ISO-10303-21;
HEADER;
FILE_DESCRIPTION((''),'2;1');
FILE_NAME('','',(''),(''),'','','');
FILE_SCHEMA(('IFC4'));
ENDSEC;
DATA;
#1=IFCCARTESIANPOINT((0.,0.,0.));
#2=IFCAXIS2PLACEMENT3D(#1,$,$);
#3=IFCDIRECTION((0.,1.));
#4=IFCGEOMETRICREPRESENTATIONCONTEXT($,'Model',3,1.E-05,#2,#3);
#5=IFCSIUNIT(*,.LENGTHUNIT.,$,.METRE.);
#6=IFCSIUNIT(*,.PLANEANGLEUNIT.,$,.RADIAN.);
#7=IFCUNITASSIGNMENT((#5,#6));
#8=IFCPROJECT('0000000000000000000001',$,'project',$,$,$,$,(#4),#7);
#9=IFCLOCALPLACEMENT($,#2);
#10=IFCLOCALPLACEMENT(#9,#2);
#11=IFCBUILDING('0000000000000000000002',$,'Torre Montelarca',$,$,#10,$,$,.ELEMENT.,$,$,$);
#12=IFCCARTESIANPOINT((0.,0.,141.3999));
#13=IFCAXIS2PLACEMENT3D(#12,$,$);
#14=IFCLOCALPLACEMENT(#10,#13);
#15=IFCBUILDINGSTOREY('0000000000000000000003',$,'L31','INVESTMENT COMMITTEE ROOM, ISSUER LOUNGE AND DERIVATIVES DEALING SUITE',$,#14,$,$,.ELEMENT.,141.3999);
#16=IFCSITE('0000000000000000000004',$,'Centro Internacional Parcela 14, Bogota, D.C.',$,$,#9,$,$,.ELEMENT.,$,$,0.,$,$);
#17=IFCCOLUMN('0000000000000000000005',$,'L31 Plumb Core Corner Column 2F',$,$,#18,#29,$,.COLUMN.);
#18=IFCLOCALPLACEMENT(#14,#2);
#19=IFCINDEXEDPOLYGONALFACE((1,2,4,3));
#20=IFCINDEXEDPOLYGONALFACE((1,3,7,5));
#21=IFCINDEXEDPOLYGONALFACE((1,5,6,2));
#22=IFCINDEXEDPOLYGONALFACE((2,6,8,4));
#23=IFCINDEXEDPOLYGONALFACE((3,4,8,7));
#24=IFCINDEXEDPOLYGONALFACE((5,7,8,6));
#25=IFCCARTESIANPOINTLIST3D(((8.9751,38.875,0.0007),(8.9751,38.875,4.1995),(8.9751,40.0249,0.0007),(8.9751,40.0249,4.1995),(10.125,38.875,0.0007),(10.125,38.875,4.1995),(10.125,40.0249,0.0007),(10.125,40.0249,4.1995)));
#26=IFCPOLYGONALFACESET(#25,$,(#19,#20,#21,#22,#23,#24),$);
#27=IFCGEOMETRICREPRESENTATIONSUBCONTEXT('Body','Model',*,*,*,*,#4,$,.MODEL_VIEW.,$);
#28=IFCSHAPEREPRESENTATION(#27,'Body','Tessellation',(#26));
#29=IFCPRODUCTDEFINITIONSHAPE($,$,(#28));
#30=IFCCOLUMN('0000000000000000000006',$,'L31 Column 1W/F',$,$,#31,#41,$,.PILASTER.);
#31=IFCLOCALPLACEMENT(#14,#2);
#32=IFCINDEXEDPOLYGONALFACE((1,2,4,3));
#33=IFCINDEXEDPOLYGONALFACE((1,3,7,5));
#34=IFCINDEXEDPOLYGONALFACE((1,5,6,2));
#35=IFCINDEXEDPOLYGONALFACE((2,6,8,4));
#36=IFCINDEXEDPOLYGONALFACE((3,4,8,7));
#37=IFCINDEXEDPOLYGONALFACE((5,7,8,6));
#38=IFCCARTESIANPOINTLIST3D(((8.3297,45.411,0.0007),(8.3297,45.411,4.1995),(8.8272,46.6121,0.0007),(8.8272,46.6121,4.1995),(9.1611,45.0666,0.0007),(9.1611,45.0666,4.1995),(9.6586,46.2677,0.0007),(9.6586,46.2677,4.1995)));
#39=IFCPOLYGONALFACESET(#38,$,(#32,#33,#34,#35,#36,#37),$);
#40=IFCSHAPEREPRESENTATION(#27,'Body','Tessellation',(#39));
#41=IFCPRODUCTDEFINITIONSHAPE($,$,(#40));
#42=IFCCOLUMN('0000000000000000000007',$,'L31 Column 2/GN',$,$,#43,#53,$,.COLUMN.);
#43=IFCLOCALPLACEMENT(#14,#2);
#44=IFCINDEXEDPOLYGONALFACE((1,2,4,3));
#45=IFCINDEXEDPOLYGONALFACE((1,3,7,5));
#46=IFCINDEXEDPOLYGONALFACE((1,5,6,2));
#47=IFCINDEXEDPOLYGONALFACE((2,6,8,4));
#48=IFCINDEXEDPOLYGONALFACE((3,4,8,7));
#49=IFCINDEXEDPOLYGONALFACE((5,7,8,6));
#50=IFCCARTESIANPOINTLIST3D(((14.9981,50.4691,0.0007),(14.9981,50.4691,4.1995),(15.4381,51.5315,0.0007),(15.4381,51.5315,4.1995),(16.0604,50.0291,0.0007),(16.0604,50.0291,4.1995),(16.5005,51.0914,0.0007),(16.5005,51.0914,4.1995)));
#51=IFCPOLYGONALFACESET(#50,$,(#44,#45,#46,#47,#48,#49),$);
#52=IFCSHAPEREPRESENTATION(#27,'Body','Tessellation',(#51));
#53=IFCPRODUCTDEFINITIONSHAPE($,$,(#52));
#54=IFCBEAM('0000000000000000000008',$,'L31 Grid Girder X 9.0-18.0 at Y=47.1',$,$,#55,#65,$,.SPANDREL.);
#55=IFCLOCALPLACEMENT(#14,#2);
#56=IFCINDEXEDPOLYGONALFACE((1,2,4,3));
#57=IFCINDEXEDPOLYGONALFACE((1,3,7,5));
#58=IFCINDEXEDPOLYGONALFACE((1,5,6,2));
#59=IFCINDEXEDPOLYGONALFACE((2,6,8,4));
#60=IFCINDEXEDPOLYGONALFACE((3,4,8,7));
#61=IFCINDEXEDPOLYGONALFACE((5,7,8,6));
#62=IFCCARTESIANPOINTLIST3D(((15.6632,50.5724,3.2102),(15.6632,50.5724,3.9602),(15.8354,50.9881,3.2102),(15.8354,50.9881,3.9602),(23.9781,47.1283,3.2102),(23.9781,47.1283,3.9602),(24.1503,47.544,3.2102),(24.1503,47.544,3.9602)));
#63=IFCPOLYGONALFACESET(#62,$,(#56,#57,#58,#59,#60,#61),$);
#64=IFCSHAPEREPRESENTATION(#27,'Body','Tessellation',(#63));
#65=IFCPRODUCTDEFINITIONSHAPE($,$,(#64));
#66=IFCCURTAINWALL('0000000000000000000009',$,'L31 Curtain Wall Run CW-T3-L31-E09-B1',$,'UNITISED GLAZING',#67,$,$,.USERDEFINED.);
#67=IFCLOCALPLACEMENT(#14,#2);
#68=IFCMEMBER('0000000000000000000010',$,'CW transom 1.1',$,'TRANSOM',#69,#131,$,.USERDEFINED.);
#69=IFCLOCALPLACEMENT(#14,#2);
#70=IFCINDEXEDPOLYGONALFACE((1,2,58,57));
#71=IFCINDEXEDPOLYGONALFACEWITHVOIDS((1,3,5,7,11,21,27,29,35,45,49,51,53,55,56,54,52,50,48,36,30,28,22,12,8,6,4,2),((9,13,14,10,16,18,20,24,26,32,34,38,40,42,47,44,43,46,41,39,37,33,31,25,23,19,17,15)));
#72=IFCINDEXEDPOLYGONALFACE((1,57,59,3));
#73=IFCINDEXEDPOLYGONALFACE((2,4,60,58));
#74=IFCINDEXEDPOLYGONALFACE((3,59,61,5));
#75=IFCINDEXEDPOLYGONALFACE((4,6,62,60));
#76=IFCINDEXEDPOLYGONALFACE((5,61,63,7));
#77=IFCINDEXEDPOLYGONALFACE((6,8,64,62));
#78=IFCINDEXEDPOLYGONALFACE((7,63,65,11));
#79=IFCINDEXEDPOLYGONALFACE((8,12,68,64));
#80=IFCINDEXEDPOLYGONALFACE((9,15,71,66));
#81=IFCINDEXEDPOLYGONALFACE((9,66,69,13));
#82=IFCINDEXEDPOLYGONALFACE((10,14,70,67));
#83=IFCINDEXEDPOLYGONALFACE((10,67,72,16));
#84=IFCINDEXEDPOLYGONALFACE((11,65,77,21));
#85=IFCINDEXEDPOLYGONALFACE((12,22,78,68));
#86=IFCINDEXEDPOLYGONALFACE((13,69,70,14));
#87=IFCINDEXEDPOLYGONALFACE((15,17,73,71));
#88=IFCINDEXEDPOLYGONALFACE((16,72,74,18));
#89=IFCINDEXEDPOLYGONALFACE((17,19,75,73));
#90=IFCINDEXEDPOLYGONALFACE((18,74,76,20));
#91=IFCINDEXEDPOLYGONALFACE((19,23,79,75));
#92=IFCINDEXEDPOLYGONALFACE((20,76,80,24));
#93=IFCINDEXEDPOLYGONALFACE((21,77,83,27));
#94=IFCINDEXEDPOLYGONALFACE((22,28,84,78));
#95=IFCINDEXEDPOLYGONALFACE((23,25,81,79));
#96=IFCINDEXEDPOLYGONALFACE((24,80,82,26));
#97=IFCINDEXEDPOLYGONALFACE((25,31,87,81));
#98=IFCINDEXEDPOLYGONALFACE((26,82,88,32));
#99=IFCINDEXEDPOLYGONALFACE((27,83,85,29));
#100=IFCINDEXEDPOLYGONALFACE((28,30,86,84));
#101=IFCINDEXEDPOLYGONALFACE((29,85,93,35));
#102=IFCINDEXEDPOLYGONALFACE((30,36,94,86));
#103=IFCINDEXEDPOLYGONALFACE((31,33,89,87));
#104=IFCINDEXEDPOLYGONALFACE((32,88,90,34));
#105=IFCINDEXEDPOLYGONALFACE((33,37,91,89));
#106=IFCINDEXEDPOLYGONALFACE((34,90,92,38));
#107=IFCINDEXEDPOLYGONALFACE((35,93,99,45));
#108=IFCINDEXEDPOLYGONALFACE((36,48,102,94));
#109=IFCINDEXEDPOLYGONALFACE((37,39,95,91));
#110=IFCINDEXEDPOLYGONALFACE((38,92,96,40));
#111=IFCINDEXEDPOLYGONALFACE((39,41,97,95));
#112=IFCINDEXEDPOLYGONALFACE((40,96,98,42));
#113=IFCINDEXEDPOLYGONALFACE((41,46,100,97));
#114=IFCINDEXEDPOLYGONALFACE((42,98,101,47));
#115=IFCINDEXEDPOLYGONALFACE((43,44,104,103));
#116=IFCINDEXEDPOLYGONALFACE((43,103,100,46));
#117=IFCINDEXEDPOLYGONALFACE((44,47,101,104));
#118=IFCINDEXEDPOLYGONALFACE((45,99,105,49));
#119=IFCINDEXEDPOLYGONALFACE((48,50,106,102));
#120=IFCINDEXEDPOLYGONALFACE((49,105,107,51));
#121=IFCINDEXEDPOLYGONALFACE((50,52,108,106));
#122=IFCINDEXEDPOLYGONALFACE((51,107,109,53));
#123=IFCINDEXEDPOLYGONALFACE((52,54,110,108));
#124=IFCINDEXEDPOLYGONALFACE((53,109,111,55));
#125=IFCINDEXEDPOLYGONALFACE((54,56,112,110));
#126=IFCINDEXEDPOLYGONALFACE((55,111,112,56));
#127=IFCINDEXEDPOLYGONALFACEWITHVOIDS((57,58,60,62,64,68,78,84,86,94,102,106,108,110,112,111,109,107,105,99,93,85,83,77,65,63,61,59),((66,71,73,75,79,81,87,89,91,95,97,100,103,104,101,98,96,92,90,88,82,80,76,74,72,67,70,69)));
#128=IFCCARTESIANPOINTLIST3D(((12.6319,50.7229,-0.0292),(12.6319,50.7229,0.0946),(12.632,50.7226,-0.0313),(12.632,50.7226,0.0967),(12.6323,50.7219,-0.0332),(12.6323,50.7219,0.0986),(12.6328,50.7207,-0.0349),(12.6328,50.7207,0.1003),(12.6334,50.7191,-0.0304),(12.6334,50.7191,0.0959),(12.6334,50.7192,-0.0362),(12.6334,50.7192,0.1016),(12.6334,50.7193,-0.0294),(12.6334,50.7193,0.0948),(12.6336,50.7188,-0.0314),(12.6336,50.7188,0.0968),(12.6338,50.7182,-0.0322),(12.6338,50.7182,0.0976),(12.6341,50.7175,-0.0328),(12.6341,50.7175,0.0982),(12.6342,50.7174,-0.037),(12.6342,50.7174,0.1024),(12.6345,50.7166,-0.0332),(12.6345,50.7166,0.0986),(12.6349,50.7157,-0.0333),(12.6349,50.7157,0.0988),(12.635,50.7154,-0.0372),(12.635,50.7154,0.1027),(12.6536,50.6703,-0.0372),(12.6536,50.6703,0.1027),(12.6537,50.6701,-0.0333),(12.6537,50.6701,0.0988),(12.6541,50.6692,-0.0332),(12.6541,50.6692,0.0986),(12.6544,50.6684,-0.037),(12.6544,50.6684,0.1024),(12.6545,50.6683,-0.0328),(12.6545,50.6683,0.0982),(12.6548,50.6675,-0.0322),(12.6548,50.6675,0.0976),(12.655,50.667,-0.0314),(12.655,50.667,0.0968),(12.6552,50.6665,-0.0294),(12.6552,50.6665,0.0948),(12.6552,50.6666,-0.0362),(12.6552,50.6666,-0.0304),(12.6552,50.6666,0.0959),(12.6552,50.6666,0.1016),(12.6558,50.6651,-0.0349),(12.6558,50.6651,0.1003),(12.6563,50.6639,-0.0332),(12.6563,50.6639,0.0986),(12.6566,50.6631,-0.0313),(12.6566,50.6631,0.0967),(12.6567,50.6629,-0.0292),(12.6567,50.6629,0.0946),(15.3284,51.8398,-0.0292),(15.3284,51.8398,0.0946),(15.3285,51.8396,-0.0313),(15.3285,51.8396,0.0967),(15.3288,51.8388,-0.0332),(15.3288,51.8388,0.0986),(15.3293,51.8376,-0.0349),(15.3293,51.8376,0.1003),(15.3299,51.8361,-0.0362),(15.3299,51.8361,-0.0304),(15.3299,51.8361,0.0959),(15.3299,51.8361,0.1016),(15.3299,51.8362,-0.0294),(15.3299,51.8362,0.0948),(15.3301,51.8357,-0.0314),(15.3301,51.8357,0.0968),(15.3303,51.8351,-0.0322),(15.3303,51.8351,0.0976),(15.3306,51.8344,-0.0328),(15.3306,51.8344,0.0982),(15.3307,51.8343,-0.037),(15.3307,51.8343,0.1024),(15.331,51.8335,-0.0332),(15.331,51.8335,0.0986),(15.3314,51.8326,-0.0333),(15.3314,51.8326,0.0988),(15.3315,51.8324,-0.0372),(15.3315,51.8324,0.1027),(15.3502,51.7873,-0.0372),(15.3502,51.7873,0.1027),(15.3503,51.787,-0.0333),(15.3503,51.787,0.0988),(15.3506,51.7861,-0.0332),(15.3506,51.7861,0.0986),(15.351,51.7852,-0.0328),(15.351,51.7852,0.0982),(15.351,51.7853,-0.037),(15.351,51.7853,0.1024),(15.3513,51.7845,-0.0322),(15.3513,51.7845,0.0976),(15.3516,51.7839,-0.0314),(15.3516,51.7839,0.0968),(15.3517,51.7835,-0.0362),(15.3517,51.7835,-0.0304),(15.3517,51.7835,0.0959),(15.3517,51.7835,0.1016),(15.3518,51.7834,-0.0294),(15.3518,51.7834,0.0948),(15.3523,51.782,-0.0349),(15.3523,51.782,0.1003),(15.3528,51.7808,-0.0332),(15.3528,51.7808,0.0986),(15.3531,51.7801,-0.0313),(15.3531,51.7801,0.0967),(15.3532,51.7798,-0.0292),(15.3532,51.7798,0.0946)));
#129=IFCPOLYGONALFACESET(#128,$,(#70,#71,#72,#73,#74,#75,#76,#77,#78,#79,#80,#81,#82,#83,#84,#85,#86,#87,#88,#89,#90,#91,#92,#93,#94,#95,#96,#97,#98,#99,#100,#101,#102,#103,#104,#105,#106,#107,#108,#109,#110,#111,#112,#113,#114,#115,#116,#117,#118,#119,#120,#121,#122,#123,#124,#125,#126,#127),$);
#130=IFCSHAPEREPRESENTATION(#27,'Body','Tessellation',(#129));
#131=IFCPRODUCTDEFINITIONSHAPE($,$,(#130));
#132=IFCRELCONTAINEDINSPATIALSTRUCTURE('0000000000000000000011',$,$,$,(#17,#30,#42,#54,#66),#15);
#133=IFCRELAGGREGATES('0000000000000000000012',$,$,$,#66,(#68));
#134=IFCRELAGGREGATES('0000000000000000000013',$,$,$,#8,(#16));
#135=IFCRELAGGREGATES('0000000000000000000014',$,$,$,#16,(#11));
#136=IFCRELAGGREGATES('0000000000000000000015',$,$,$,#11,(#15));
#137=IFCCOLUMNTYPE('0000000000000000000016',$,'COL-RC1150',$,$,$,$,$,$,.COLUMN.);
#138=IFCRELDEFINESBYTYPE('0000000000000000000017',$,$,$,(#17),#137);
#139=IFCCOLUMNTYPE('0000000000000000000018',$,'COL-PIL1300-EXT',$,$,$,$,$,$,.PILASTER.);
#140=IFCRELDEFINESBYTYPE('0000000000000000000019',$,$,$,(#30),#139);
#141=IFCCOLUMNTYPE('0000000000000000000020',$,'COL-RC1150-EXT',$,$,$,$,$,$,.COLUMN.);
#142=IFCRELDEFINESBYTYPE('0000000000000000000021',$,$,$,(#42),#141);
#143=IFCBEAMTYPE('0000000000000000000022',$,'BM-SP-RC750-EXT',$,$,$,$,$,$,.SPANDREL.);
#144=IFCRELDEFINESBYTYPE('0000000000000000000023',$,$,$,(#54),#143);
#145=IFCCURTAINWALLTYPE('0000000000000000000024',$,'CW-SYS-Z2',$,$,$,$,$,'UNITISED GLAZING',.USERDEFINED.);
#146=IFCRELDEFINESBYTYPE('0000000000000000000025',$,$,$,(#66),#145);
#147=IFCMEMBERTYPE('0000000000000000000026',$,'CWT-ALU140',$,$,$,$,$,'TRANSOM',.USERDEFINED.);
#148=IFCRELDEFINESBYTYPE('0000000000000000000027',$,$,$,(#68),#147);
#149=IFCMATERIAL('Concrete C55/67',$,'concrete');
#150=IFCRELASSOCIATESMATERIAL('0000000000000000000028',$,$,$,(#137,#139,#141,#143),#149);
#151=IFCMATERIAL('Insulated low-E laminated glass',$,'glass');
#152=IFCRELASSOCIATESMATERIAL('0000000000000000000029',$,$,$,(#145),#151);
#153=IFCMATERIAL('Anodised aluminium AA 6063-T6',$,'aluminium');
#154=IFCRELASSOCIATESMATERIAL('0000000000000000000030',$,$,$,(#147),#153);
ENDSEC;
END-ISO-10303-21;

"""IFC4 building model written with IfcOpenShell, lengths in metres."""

from ifc_helpers import new_model, si_unit, direction, frame, origin, origin_2d, place, context, subcontext, project, spatial, rectangle, hollow_rectangle, extrude, source, transform, mapped, material, material_profile, profile_set, type_object, element, aggregate, save


model = new_model("IFC4")

# Units and contexts
model_context = context("Model", 3, precision=1e-05, world=origin(), true_north=direction((0.0, 1.0)))
body_context = subcontext(model_context, "Body", "Model", "MODEL_VIEW")
ifc_project = project(units=[si_unit("LENGTHUNIT", "METRE"), si_unit("PLANEANGLEUNIT", "RADIAN")], contexts=[model_context])

# Site, building, storey
site_placement = place(None, origin())
site = spatial("IfcSite", under=ifc_project, at=site_placement, Name="Centro Internacional Parcela 14, Bogota, D.C.", CompositionType="ELEMENT", RefElevation=0.0)
building_placement = place(site_placement, origin())
building = spatial("IfcBuilding", under=site, at=building_placement, Name="Torre Montelarca", CompositionType="ELEMENT")
storey_placement = place(building_placement, frame((0.0, 0.0, 141.3999)))
storey = spatial("IfcBuildingStorey", under=building, at=storey_placement, Name="L31", Description="INVESTMENT COMMITTEE ROOM, ISSUER LOUNGE AND DERIVATIVES DEALING SUITE", CompositionType="ELEMENT", Elevation=141.3999)

# Columns
ifc_material_1 = material(Name="Concrete C55/67", Category="concrete")
ifc_material_profile_1 = material_profile(ifc_material_1, rectangle(XDim=1.1499, YDim=1.1499, at=origin_2d()), Name="RC1150X1150", Category="concrete")
ifc_profile_set_1 = profile_set([ifc_material_profile_1], Name="Concrete C55/67")
column_type_1 = type_object("IfcColumnType", Name="COL-RC1150", PredefinedType="COLUMN", material=ifc_profile_set_1)
shared_shape_1 = source(origin(), body_context, "Body", "SweptSolid", [
    extrude(rectangle(XDim=1.1499, YDim=1.1499, at=origin_2d()), origin(), (0.0, 0.0, 1.0), 4.1987),
])
column_1_placement = place(storey_placement, frame((9.55, 39.45, 0.0007), z_axis=(0.0, 0.0, 1.0), x_axis=(1.0, 0.0, 0.0)))
element("IfcColumn", 1, at=column_1_placement, inside=storey, type_object=column_type_1, Name="L31 Plumb Core Corner Column 2F", PredefinedType="COLUMN", context=body_context, shape_type="MappedRepresentation", body=[
    mapped(shared_shape_1, transform((0.0, 0.0, 0.0), scale=1.0)),
])
ifc_material_profile_2 = material_profile(ifc_material_1, rectangle(XDim=0.8999, YDim=1.3, at=origin_2d()), Name="RC1300X900", Category="concrete")
ifc_profile_set_2 = profile_set([ifc_material_profile_2], Name="Concrete C55/67")
column_type_2 = type_object("IfcColumnType", Name="COL-PIL1300-EXT", PredefinedType="PILASTER", material=ifc_profile_set_2)
shared_shape_2 = source(origin(), body_context, "Body", "SweptSolid", [
    extrude(rectangle(XDim=0.8999, YDim=1.3, at=origin_2d()), origin(), (0.0, 0.0, 1.0), 4.1987),
])
column_2_placement = place(storey_placement, frame((8.9941, 45.8394, 0.0007), z_axis=(0.0, 0.0, 1.0), x_axis=(-0.92388, 0.382683, 0.0)))
element("IfcColumn", 2, at=column_2_placement, inside=storey, type_object=column_type_2, Name="L31 Column 1W/F", PredefinedType="PILASTER", context=body_context, shape_type="MappedRepresentation", body=[
    mapped(shared_shape_2, transform((0.0, 0.0, 0.0), scale=1.0)),
])
ifc_material_profile_3 = material_profile(ifc_material_1, rectangle(XDim=1.1499, YDim=1.1499, at=origin_2d()), Name="RC1150X1150", Category="concrete")
ifc_profile_set_3 = profile_set([ifc_material_profile_3], Name="Concrete C55/67")
column_type_3 = type_object("IfcColumnType", Name="COL-RC1150-EXT", PredefinedType="COLUMN", material=ifc_profile_set_3)
shared_shape_3 = source(origin(), body_context, "Body", "SweptSolid", [
    extrude(rectangle(XDim=1.1499, YDim=1.1499, at=origin_2d()), origin(), (0.0, 0.0, 1.0), 4.1987),
])
column_3_placement = place(storey_placement, frame((15.7493, 50.7803, 0.0007), z_axis=(0.0, 0.0, 1.0), x_axis=(-0.92388, 0.382683, 0.0)))
element("IfcColumn", 3, at=column_3_placement, inside=storey, type_object=column_type_3, Name="L31 Column 2/GN", PredefinedType="COLUMN", context=body_context, shape_type="MappedRepresentation", body=[
    mapped(shared_shape_3, transform((0.0, 0.0, 0.0), scale=1.0)),
])

# Beam
ifc_material_profile_4 = material_profile(ifc_material_1, rectangle(XDim=0.45, YDim=0.75, at=origin_2d()), Name="RCB450X750", Category="concrete")
ifc_profile_set_4 = profile_set([ifc_material_profile_4], Name="Concrete C55/67")
beam_type = type_object("IfcBeamType", Name="BM-SP-RC750-EXT", PredefinedType="SPANDREL", material=ifc_profile_set_4)
shared_shape_4 = source(origin(), body_context, "Body", "SweptSolid", [
    extrude(rectangle(XDim=0.45, YDim=0.75, at=origin_2d()), origin(), (0.0, 0.0, 1.0), 9.0),
])
beam_placement = place(storey_placement, frame((15.7493, 50.7803, 3.5852), z_axis=(0.923882, -0.382677, 0.0), x_axis=(0.382677, 0.923882, 0.0)))
element("IfcBeam", 4, at=beam_placement, inside=storey, type_object=beam_type, Name="L31 Grid Girder X 9.0-18.0 at Y=47.1", PredefinedType="SPANDREL", context=body_context, shape_type="MappedRepresentation", body=[
    mapped(shared_shape_4, transform((0.0, 0.0, 0.0), scale=1.0)),
])

# Curtain wall, member
ifc_material_2 = material(Name="Insulated low-E laminated glass", Category="glass")
curtain_wall_type = type_object("IfcCurtainWallType", Name="CW-SYS-Z2", ElementType="UNITISED GLAZING", PredefinedType="USERDEFINED", material=ifc_material_2)
curtain_wall_1_placement = place(storey_placement, origin())
curtain_wall_1 = element("IfcCurtainWall", 5, at=curtain_wall_1_placement, inside=storey, type_object=curtain_wall_type, Name="L31 Curtain Wall Run CW-T3-L31-E09-B1", ObjectType="UNITISED GLAZING", PredefinedType="USERDEFINED")
ifc_material_3 = material(Name="Anodised aluminium AA 6063-T6", Category="aluminium")
ifc_material_profile_5 = material_profile(ifc_material_3, hollow_rectangle(XDim=0.0649, YDim=0.1399, WallThickness=0.0039, InnerFilletRadius=0.0039, OuterFilletRadius=0.0081, at=origin_2d()), Name="ALU65X140X4", Category="aluminium")
ifc_profile_set_5 = profile_set([ifc_material_profile_5], Name="Anodised aluminium AA 6063-T6")
member_type_1 = type_object("IfcMemberType", Name="CWT-ALU140", ElementType="TRANSOM", PredefinedType="USERDEFINED", material=ifc_profile_set_5)
shared_shape_5 = source(origin(), body_context, "Body", "SweptSolid", [
    extrude(hollow_rectangle(XDim=0.0649, YDim=0.1399, WallThickness=0.0039, InnerFilletRadius=0.0039, OuterFilletRadius=0.0081, at=origin_2d()), origin(), (0.0, 0.0, 1.0), 2.9187),
])
member_1_placement = place(storey_placement, frame((15.3408, 51.8098, 0.0327), z_axis=(-0.923879, -0.382684, 0.0), x_axis=(0.382684, -0.923879, 0.0)))
member_1 = element("IfcMember", 6, at=member_1_placement, type_object=member_type_1, Name="CW transom 1.1", ObjectType="TRANSOM", PredefinedType="USERDEFINED", context=body_context, shape_type="MappedRepresentation", body=[
    mapped(shared_shape_5, transform((0.0, 0.0, 0.0), scale=1.0)),
])

aggregate(curtain_wall_1, [member_1])

save(model, "model.ifc")
